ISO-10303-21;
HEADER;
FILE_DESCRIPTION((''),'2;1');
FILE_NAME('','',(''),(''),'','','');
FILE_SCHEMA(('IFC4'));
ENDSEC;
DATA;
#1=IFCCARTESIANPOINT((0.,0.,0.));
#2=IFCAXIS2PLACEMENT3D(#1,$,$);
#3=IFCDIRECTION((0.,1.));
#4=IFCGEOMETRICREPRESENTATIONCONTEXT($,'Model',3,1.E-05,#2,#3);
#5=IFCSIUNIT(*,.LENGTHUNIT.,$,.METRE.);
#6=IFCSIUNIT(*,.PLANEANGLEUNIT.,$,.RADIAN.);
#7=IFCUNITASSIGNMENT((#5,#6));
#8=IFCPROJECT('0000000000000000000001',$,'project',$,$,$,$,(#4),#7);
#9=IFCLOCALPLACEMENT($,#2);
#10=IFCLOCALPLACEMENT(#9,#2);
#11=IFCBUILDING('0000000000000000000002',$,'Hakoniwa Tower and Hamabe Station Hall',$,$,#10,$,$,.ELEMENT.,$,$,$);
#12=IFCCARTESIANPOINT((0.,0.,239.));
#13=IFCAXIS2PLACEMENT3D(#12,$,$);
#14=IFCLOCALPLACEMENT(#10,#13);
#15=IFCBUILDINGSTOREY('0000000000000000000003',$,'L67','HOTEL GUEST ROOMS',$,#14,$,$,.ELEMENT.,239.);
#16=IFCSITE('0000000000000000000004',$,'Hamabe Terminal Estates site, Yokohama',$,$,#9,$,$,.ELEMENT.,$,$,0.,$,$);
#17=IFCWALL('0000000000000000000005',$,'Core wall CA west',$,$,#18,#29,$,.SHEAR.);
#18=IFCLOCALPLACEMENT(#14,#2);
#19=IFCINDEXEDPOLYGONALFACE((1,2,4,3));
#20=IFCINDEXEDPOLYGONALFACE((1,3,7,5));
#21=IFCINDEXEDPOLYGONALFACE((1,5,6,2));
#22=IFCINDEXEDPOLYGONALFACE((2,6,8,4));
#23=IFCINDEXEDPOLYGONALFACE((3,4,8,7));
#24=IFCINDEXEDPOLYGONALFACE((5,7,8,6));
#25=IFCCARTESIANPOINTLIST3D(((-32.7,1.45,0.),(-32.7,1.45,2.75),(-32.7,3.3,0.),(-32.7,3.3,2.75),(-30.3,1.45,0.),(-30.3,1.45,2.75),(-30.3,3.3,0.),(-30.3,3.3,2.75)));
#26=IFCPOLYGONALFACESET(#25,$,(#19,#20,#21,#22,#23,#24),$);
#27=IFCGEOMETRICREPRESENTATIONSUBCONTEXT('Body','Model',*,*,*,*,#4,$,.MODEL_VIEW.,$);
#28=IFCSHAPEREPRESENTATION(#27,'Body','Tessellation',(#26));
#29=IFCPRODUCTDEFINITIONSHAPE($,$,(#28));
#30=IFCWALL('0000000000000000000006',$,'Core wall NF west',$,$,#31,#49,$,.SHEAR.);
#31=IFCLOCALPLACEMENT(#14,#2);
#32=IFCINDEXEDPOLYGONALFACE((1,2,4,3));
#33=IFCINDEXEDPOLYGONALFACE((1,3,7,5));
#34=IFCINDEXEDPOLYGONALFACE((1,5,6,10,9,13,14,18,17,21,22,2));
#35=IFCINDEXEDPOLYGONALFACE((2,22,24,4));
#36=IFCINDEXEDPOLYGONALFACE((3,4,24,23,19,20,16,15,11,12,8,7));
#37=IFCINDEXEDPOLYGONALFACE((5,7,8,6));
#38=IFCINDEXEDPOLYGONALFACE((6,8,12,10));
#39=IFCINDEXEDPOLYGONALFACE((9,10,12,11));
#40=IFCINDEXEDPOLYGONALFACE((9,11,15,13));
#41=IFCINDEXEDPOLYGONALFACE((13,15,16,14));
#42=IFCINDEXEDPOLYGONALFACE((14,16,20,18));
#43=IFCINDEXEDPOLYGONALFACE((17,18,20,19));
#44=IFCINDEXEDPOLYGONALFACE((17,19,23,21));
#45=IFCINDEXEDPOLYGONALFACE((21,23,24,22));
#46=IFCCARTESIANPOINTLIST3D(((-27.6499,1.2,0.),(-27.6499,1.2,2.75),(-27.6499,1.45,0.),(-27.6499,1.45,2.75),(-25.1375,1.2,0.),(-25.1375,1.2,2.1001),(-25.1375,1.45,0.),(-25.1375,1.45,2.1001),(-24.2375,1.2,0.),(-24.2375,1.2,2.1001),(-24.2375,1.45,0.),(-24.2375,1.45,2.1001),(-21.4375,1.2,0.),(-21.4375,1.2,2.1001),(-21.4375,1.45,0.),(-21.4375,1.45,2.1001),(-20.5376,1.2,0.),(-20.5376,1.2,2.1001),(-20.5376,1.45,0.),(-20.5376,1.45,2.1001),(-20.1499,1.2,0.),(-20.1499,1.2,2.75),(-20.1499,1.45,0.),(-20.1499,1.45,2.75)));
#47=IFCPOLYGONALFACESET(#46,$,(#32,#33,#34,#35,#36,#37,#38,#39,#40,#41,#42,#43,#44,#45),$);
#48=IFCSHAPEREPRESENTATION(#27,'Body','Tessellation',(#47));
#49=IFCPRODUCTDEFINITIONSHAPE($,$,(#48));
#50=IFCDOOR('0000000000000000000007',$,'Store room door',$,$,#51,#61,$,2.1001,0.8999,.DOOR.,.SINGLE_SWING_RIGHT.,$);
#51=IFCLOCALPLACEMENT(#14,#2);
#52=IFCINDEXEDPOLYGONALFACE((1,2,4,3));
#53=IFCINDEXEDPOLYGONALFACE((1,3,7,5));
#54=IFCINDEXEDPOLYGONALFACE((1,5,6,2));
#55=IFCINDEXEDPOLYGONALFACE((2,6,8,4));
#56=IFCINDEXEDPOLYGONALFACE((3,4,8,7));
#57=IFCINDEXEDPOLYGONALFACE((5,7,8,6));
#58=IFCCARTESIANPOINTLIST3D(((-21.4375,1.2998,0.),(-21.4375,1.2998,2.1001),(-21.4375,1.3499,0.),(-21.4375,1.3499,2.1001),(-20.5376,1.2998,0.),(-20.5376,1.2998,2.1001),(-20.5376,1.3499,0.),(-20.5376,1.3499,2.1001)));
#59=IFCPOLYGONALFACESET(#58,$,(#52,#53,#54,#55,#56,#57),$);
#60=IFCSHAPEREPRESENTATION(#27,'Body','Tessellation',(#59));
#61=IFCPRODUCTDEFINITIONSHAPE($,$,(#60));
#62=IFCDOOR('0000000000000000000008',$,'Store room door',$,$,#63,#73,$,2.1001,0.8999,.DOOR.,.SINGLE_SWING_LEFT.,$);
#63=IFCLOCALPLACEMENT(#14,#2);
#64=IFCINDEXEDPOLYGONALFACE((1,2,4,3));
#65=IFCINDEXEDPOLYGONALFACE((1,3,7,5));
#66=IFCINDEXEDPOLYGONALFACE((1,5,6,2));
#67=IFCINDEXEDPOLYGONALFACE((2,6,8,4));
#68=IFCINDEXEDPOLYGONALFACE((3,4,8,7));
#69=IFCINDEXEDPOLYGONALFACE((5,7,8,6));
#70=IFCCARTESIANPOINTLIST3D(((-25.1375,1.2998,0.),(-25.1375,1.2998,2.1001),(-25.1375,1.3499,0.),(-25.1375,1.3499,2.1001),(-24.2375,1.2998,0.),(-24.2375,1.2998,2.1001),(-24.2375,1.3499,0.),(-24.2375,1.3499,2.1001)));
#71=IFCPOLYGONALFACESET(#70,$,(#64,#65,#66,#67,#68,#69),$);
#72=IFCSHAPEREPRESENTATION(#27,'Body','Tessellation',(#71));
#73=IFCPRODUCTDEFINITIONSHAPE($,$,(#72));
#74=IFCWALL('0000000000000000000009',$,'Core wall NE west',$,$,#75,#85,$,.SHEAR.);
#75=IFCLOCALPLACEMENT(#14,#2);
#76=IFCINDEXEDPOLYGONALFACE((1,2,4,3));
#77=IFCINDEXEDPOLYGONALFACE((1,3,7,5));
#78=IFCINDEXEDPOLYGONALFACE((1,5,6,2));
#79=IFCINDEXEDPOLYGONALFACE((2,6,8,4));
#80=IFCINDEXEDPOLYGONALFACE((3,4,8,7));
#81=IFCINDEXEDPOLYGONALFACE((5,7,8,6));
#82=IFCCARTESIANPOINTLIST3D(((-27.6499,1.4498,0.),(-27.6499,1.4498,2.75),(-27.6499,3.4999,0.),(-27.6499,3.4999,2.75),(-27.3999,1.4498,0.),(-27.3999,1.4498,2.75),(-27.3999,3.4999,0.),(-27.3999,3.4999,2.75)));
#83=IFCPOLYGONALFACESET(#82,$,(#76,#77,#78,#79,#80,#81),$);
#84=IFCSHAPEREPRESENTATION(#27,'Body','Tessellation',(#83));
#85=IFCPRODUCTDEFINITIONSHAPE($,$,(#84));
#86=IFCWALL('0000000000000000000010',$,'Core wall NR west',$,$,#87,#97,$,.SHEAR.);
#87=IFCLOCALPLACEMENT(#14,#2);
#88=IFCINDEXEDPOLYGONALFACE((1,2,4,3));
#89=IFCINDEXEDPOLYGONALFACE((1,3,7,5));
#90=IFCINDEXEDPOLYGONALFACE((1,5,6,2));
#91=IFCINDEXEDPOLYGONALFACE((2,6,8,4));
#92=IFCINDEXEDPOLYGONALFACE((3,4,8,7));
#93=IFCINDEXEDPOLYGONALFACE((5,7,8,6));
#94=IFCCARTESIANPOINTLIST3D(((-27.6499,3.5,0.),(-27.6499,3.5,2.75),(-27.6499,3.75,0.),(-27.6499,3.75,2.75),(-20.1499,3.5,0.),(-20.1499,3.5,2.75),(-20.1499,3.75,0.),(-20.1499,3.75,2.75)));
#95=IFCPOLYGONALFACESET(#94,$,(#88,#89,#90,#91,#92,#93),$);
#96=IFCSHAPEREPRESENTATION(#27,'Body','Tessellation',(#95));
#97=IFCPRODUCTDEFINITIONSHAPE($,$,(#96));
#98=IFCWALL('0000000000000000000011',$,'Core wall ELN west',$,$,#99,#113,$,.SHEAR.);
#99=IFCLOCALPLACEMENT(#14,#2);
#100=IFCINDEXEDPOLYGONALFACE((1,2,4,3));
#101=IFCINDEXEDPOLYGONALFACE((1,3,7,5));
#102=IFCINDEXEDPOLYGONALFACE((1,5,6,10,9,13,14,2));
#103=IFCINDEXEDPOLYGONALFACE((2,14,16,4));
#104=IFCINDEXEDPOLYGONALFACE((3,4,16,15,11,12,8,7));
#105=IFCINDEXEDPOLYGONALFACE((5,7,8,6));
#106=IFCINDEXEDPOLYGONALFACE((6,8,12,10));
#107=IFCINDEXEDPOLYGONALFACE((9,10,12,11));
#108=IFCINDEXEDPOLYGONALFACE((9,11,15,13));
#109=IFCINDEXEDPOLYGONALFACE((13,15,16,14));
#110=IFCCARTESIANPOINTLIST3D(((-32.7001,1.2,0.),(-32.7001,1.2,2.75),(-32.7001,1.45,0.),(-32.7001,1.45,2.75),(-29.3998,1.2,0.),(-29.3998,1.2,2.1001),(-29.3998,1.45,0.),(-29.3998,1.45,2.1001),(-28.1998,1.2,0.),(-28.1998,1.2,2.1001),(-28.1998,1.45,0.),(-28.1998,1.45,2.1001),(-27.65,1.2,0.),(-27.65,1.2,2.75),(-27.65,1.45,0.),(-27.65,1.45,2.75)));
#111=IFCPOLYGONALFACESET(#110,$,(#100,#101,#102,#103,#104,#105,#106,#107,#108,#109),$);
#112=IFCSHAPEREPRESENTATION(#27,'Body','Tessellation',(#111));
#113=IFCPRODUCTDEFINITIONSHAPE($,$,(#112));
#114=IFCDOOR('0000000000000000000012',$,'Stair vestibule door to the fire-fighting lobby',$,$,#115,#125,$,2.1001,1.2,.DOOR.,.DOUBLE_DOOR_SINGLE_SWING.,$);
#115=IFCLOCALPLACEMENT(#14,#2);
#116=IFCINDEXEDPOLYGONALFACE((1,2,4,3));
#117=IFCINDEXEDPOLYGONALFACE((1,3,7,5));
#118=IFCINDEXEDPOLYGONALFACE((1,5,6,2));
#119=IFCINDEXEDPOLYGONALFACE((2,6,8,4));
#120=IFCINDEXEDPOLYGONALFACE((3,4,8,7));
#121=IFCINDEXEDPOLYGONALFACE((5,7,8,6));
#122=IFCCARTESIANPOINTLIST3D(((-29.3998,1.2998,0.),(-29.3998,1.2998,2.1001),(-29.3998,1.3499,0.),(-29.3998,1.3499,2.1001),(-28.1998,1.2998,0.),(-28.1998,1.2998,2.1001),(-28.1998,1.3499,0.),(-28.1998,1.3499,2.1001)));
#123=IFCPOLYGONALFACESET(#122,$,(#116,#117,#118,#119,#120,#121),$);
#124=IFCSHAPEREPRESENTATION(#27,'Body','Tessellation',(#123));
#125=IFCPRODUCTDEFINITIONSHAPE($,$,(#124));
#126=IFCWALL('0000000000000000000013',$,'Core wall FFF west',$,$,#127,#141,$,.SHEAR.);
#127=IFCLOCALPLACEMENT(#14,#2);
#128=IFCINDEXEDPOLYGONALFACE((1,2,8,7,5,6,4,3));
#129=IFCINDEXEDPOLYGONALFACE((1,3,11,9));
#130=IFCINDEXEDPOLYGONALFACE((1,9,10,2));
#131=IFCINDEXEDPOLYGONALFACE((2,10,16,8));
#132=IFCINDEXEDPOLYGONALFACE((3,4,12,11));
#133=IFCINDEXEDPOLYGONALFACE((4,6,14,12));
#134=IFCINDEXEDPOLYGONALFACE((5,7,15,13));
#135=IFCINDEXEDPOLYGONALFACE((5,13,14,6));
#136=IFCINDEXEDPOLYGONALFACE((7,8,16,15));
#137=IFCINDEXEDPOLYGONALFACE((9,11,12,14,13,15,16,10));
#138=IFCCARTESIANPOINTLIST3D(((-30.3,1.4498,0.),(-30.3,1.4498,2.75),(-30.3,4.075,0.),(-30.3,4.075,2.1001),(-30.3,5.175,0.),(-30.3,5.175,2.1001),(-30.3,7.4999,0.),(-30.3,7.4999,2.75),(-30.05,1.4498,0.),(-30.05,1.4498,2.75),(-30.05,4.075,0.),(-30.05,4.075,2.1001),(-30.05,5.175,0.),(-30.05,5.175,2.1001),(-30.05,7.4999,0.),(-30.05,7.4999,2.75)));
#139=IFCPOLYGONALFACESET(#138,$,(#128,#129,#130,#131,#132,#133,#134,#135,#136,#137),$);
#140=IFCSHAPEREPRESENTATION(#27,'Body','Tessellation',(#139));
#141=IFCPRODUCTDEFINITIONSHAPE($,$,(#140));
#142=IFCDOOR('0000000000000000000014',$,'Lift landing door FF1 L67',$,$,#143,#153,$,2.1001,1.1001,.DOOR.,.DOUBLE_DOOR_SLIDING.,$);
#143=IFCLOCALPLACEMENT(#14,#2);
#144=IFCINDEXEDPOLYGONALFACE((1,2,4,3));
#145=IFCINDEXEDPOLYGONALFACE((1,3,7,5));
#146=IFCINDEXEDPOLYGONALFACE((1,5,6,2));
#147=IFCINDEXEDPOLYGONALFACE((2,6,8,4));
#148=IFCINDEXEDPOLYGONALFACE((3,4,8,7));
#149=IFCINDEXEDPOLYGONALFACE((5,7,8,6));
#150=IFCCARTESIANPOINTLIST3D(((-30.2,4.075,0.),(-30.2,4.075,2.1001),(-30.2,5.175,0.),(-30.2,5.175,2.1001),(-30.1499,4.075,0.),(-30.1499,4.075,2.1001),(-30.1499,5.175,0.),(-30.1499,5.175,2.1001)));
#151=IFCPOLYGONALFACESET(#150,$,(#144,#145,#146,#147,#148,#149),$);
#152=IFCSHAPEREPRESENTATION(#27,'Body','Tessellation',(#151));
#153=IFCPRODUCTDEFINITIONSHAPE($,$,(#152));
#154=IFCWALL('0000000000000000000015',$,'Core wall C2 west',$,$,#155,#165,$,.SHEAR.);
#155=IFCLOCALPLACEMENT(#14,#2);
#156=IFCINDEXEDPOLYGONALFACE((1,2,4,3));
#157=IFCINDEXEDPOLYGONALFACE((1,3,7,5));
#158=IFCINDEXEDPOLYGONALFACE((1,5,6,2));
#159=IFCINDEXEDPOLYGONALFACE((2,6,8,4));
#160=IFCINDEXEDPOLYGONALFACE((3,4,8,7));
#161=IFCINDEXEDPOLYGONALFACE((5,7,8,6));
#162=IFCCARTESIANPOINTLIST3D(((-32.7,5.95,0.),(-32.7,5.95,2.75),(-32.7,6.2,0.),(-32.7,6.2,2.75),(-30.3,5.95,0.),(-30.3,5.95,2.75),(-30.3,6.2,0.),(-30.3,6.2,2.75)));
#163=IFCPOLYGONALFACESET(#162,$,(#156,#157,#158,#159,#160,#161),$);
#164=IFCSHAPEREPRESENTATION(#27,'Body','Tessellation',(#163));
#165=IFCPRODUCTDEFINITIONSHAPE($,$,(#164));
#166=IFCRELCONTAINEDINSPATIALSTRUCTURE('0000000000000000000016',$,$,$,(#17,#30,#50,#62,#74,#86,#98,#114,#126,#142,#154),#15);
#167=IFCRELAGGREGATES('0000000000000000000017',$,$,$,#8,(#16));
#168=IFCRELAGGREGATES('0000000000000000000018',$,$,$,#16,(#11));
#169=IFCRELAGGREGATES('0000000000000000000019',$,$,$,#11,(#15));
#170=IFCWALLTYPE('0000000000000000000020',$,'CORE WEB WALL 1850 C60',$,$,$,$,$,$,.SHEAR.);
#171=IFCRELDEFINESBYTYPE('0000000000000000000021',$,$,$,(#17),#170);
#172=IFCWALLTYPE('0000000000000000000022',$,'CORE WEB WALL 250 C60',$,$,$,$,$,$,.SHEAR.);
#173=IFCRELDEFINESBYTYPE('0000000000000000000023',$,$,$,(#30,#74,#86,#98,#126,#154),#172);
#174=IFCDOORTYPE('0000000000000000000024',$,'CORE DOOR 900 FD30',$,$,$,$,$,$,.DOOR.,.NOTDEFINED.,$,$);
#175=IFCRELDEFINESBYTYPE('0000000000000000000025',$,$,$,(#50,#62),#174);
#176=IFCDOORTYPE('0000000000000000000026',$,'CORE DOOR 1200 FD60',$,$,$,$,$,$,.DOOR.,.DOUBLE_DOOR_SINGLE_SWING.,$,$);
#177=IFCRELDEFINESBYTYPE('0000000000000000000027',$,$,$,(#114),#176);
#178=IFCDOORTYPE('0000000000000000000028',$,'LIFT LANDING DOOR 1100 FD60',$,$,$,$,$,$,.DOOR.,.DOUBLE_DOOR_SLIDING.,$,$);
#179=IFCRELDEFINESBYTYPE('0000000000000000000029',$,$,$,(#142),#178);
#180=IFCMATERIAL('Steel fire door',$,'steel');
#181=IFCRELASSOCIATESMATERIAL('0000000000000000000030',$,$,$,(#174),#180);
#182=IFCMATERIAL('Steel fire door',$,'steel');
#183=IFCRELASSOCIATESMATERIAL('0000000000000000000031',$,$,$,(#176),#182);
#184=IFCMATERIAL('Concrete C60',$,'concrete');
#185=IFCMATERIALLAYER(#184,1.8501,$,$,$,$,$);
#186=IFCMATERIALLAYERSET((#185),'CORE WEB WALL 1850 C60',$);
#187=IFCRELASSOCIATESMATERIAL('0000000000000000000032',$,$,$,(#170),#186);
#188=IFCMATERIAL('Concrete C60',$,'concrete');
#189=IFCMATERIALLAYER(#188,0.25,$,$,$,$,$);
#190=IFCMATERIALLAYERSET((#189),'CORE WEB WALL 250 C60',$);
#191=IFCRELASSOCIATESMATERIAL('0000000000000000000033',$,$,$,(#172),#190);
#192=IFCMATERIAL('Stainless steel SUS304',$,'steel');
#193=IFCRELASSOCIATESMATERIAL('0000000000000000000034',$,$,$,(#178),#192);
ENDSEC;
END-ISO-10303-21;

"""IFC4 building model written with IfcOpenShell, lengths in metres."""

from ifc_helpers import new_model, si_unit, direction, frame, frame_2d, origin, place, context, subcontext, project, spatial, rectangle, extrude, material, layer, layer_set, type_object, element, fill, save


model = new_model("IFC4")

# Units and contexts
model_context = context("Model", 3, precision=1e-05, world=origin(), true_north=direction((0.0, 1.0)))
body_context = subcontext(model_context, "Body", "Model", "MODEL_VIEW")
ifc_project = project(units=[si_unit("LENGTHUNIT", "METRE"), si_unit("PLANEANGLEUNIT", "RADIAN")], contexts=[model_context])

# Site, building, storey
site_placement = place(None, origin())
site = spatial("IfcSite", under=ifc_project, at=site_placement, Name="Hamabe Terminal Estates site, Yokohama", CompositionType="ELEMENT", RefElevation=0.0)
building_placement = place(site_placement, origin())
building = spatial("IfcBuilding", under=site, at=building_placement, Name="Hakoniwa Tower and Hamabe Station Hall", CompositionType="ELEMENT")
storey_placement = place(building_placement, frame((0.0, 0.0, 239.0)))
storey = spatial("IfcBuildingStorey", under=building, at=storey_placement, Name="L67", Description="HOTEL GUEST ROOMS", CompositionType="ELEMENT", Elevation=239.0)

# Shared definitions
ifc_material_1 = material(Name="Steel fire door", Category="steel")
door_type_1 = type_object("IfcDoorType", Name="CORE DOOR 900 FD30", OperationType="NOTDEFINED", PredefinedType="DOOR", material=ifc_material_1)

# Shared definitions
ifc_material_2 = material(Name="Steel fire door", Category="steel")
door_type_2 = type_object("IfcDoorType", Name="CORE DOOR 1200 FD60", OperationType="DOUBLE_DOOR_SINGLE_SWING", PredefinedType="DOOR", material=ifc_material_2)

# Wall
ifc_material_3 = material(Name="Concrete C60", Category="concrete")
ifc_layer_1 = layer(ifc_material_3, 1.8501)
ifc_layer_set_1 = layer_set([ifc_layer_1], Name="CORE WEB WALL 1850 C60")
wall_type_1 = type_object("IfcWallType", Name="CORE WEB WALL 1850 C60", PredefinedType="SHEAR", material=ifc_layer_set_1)
wall_1_placement = place(storey_placement, frame((-32.7, 2.375, 0.0), z_axis=(0.0, 0.0, 1.0), x_axis=(1.0, 0.0, 0.0)))
element("IfcWall", 1, at=wall_1_placement, inside=storey, type_object=wall_type_1, Name="Core wall CA west", PredefinedType="SHEAR", context=body_context, shape_type="SweptSolid", body=[
    extrude(rectangle(XDim=2.3999, YDim=1.8501, at=frame_2d((1.2, 0.0))), origin(), (0.0, 0.0, 1.0), 2.75),
])

# Wall, openings, doors
ifc_material_4 = material(Name="Concrete C60", Category="concrete")
ifc_layer_2 = layer(ifc_material_4, 0.25)
ifc_layer_set_2 = layer_set([ifc_layer_2], Name="CORE WEB WALL 250 C60")
wall_type_2 = type_object("IfcWallType", Name="CORE WEB WALL 250 C60", PredefinedType="SHEAR", material=ifc_layer_set_2)
wall_2_placement = place(storey_placement, frame((-27.6499, 1.325, 0.0), z_axis=(0.0, 0.0, 1.0), x_axis=(1.0, 0.0, 0.0)))
wall_2 = element("IfcWall", 2, at=wall_2_placement, inside=storey, type_object=wall_type_2, Name="Core wall NF west", PredefinedType="SHEAR", context=body_context, shape_type="SweptSolid", body=[
    extrude(rectangle(XDim=7.5, YDim=0.25, at=frame_2d((3.75, 0.0))), origin(), (0.0, 0.0, 1.0), 2.75),
])
opening_1_placement = place(wall_2_placement, frame((6.2124, 0.0, 0.0)))
opening_1 = element("IfcOpeningElement", 3, at=opening_1_placement, cuts=wall_2, PredefinedType="OPENING", context=body_context, shape_type="SweptSolid", body=[
    extrude(rectangle(XDim=0.8999, YDim=2.1001, at=frame_2d((0.45, 1.05))), frame((0.0, 0.135, 0.0), z_axis=(0.0, -1.0, 0.0), x_axis=(1.0, 0.0, 0.0)), (0.0, 0.0, 1.0), 0.27),
])
opening_2_placement = place(wall_2_placement, frame((2.5125, 0.0, 0.0)))
opening_2 = element("IfcOpeningElement", 4, at=opening_2_placement, cuts=wall_2, PredefinedType="OPENING", context=body_context, shape_type="SweptSolid", body=[
    extrude(rectangle(XDim=0.8999, YDim=2.1001, at=frame_2d((0.45, 1.05))), frame((0.0, 0.135, 0.0), z_axis=(0.0, -1.0, 0.0), x_axis=(1.0, 0.0, 0.0)), (0.0, 0.0, 1.0), 0.27),
])
door_1_placement = place(opening_1_placement, origin())
door_1 = element("IfcDoor", 5, at=door_1_placement, inside=storey, type_object=door_type_1, Name="Store room door", OperationType="SINGLE_SWING_RIGHT", OverallHeight=2.1001, OverallWidth=0.8999, PredefinedType="DOOR", context=body_context, shape_type="SweptSolid", body=[
    extrude(rectangle(XDim=0.8999, YDim=2.1001, at=frame_2d((0.45, 1.05))), frame((0.0, 0.0249, 0.0), z_axis=(0.0, -1.0, 0.0), x_axis=(1.0, 0.0, 0.0)), (0.0, 0.0, 1.0), 0.05),
])
fill(opening_1, door_1)
door_2_placement = place(opening_2_placement, origin())
door_2 = element("IfcDoor", 6, at=door_2_placement, inside=storey, type_object=door_type_1, Name="Store room door", OperationType="SINGLE_SWING_LEFT", OverallHeight=2.1001, OverallWidth=0.8999, PredefinedType="DOOR", context=body_context, shape_type="SweptSolid", body=[
    extrude(rectangle(XDim=0.8999, YDim=2.1001, at=frame_2d((0.45, 1.05))), frame((0.0, 0.0249, 0.0), z_axis=(0.0, -1.0, 0.0), x_axis=(1.0, 0.0, 0.0)), (0.0, 0.0, 1.0), 0.05),
])
fill(opening_2, door_2)

# Walls
wall_3_placement = place(storey_placement, frame((-27.5249, 1.45, 0.0), z_axis=(0.0, 0.0, 1.0), x_axis=(0.0, 1.0, 0.0)))
element("IfcWall", 7, at=wall_3_placement, inside=storey, type_object=wall_type_2, Name="Core wall NE west", PredefinedType="SHEAR", context=body_context, shape_type="SweptSolid", body=[
    extrude(rectangle(XDim=2.05, YDim=0.25, at=frame_2d((1.0249, 0.0))), origin(), (0.0, 0.0, 1.0), 2.75),
])
wall_4_placement = place(storey_placement, frame((-27.6499, 3.625, 0.0), z_axis=(0.0, 0.0, 1.0), x_axis=(1.0, 0.0, 0.0)))
element("IfcWall", 8, at=wall_4_placement, inside=storey, type_object=wall_type_2, Name="Core wall NR west", PredefinedType="SHEAR", context=body_context, shape_type="SweptSolid", body=[
    extrude(rectangle(XDim=7.5, YDim=0.25, at=frame_2d((3.75, 0.0))), origin(), (0.0, 0.0, 1.0), 2.75),
])

# Walls, openings, doors
wall_5_placement = place(storey_placement, frame((-32.7, 1.325, 0.0), z_axis=(0.0, 0.0, 1.0), x_axis=(1.0, 0.0, 0.0)))
wall_5 = element("IfcWall", 9, at=wall_5_placement, inside=storey, type_object=wall_type_2, Name="Core wall ELN west", PredefinedType="SHEAR", context=body_context, shape_type="SweptSolid", body=[
    extrude(rectangle(XDim=5.05, YDim=0.25, at=frame_2d((2.5249, 0.0))), origin(), (0.0, 0.0, 1.0), 2.75),
])
opening_3_placement = place(wall_5_placement, frame((3.3, 0.0, 0.0)))
opening_3 = element("IfcOpeningElement", 10, at=opening_3_placement, cuts=wall_5, PredefinedType="OPENING", context=body_context, shape_type="SweptSolid", body=[
    extrude(rectangle(XDim=1.2, YDim=2.1001, at=frame_2d((0.6001, 1.05))), frame((0.0, 0.135, 0.0), z_axis=(0.0, -1.0, 0.0), x_axis=(1.0, 0.0, 0.0)), (0.0, 0.0, 1.0), 0.27),
])
door_3_placement = place(opening_3_placement, origin())
door_3 = element("IfcDoor", 11, at=door_3_placement, inside=storey, type_object=door_type_2, Name="Stair vestibule door to the fire-fighting lobby", OperationType="DOUBLE_DOOR_SINGLE_SWING", OverallHeight=2.1001, OverallWidth=1.2, PredefinedType="DOOR", context=body_context, shape_type="SweptSolid", body=[
    extrude(rectangle(XDim=1.2, YDim=2.1001, at=frame_2d((0.6001, 1.05))), frame((0.0, 0.0249, 0.0), z_axis=(0.0, -1.0, 0.0), x_axis=(1.0, 0.0, 0.0)), (0.0, 0.0, 1.0), 0.05),
])
fill(opening_3, door_3)
wall_6_placement = place(storey_placement, frame((-30.175, 1.45, 0.0), z_axis=(0.0, 0.0, 1.0), x_axis=(0.0, 1.0, 0.0)))
wall_6 = element("IfcWall", 12, at=wall_6_placement, inside=storey, type_object=wall_type_2, Name="Core wall FFF west", PredefinedType="SHEAR", context=body_context, shape_type="SweptSolid", body=[
    extrude(rectangle(XDim=6.05, YDim=0.25, at=frame_2d((3.0249, 0.0))), origin(), (0.0, 0.0, 1.0), 2.75),
])
opening_4_placement = place(wall_6_placement, frame((2.625, 0.0, 0.0)))
opening_4 = element("IfcOpeningElement", 13, at=opening_4_placement, cuts=wall_6, PredefinedType="OPENING", context=body_context, shape_type="SweptSolid", body=[
    extrude(rectangle(XDim=1.1001, YDim=2.1001, at=frame_2d((0.55, 1.05))), frame((0.0, 0.135, 0.0), z_axis=(0.0, -1.0, 0.0), x_axis=(1.0, 0.0, 0.0)), (0.0, 0.0, 1.0), 0.27),
])
ifc_material_5 = material(Name="Stainless steel SUS304", Category="steel")
door_type_3 = type_object("IfcDoorType", Name="LIFT LANDING DOOR 1100 FD60", OperationType="DOUBLE_DOOR_SLIDING", PredefinedType="DOOR", material=ifc_material_5)
door_4_placement = place(opening_4_placement, origin())
door_4 = element("IfcDoor", 14, at=door_4_placement, inside=storey, type_object=door_type_3, Name="Lift landing door FF1 L67", OperationType="DOUBLE_DOOR_SLIDING", OverallHeight=2.1001, OverallWidth=1.1001, PredefinedType="DOOR", context=body_context, shape_type="SweptSolid", body=[
    extrude(rectangle(XDim=1.1001, YDim=2.1001, at=frame_2d((0.55, 1.05))), frame((0.0, 0.0249, 0.0), z_axis=(0.0, -1.0, 0.0), x_axis=(1.0, 0.0, 0.0)), (0.0, 0.0, 1.0), 0.05),
])
fill(opening_4, door_4)

# Wall
wall_7_placement = place(storey_placement, frame((-32.7, 6.075, 0.0), z_axis=(0.0, 0.0, 1.0), x_axis=(1.0, 0.0, 0.0)))
element("IfcWall", 15, at=wall_7_placement, inside=storey, type_object=wall_type_2, Name="Core wall C2 west", PredefinedType="SHEAR", context=body_context, shape_type="SweptSolid", body=[
    extrude(rectangle(XDim=2.3999, YDim=0.25, at=frame_2d((1.2, 0.0))), origin(), (0.0, 0.0, 1.0), 2.75),
])

save(model, "model.ifc")
